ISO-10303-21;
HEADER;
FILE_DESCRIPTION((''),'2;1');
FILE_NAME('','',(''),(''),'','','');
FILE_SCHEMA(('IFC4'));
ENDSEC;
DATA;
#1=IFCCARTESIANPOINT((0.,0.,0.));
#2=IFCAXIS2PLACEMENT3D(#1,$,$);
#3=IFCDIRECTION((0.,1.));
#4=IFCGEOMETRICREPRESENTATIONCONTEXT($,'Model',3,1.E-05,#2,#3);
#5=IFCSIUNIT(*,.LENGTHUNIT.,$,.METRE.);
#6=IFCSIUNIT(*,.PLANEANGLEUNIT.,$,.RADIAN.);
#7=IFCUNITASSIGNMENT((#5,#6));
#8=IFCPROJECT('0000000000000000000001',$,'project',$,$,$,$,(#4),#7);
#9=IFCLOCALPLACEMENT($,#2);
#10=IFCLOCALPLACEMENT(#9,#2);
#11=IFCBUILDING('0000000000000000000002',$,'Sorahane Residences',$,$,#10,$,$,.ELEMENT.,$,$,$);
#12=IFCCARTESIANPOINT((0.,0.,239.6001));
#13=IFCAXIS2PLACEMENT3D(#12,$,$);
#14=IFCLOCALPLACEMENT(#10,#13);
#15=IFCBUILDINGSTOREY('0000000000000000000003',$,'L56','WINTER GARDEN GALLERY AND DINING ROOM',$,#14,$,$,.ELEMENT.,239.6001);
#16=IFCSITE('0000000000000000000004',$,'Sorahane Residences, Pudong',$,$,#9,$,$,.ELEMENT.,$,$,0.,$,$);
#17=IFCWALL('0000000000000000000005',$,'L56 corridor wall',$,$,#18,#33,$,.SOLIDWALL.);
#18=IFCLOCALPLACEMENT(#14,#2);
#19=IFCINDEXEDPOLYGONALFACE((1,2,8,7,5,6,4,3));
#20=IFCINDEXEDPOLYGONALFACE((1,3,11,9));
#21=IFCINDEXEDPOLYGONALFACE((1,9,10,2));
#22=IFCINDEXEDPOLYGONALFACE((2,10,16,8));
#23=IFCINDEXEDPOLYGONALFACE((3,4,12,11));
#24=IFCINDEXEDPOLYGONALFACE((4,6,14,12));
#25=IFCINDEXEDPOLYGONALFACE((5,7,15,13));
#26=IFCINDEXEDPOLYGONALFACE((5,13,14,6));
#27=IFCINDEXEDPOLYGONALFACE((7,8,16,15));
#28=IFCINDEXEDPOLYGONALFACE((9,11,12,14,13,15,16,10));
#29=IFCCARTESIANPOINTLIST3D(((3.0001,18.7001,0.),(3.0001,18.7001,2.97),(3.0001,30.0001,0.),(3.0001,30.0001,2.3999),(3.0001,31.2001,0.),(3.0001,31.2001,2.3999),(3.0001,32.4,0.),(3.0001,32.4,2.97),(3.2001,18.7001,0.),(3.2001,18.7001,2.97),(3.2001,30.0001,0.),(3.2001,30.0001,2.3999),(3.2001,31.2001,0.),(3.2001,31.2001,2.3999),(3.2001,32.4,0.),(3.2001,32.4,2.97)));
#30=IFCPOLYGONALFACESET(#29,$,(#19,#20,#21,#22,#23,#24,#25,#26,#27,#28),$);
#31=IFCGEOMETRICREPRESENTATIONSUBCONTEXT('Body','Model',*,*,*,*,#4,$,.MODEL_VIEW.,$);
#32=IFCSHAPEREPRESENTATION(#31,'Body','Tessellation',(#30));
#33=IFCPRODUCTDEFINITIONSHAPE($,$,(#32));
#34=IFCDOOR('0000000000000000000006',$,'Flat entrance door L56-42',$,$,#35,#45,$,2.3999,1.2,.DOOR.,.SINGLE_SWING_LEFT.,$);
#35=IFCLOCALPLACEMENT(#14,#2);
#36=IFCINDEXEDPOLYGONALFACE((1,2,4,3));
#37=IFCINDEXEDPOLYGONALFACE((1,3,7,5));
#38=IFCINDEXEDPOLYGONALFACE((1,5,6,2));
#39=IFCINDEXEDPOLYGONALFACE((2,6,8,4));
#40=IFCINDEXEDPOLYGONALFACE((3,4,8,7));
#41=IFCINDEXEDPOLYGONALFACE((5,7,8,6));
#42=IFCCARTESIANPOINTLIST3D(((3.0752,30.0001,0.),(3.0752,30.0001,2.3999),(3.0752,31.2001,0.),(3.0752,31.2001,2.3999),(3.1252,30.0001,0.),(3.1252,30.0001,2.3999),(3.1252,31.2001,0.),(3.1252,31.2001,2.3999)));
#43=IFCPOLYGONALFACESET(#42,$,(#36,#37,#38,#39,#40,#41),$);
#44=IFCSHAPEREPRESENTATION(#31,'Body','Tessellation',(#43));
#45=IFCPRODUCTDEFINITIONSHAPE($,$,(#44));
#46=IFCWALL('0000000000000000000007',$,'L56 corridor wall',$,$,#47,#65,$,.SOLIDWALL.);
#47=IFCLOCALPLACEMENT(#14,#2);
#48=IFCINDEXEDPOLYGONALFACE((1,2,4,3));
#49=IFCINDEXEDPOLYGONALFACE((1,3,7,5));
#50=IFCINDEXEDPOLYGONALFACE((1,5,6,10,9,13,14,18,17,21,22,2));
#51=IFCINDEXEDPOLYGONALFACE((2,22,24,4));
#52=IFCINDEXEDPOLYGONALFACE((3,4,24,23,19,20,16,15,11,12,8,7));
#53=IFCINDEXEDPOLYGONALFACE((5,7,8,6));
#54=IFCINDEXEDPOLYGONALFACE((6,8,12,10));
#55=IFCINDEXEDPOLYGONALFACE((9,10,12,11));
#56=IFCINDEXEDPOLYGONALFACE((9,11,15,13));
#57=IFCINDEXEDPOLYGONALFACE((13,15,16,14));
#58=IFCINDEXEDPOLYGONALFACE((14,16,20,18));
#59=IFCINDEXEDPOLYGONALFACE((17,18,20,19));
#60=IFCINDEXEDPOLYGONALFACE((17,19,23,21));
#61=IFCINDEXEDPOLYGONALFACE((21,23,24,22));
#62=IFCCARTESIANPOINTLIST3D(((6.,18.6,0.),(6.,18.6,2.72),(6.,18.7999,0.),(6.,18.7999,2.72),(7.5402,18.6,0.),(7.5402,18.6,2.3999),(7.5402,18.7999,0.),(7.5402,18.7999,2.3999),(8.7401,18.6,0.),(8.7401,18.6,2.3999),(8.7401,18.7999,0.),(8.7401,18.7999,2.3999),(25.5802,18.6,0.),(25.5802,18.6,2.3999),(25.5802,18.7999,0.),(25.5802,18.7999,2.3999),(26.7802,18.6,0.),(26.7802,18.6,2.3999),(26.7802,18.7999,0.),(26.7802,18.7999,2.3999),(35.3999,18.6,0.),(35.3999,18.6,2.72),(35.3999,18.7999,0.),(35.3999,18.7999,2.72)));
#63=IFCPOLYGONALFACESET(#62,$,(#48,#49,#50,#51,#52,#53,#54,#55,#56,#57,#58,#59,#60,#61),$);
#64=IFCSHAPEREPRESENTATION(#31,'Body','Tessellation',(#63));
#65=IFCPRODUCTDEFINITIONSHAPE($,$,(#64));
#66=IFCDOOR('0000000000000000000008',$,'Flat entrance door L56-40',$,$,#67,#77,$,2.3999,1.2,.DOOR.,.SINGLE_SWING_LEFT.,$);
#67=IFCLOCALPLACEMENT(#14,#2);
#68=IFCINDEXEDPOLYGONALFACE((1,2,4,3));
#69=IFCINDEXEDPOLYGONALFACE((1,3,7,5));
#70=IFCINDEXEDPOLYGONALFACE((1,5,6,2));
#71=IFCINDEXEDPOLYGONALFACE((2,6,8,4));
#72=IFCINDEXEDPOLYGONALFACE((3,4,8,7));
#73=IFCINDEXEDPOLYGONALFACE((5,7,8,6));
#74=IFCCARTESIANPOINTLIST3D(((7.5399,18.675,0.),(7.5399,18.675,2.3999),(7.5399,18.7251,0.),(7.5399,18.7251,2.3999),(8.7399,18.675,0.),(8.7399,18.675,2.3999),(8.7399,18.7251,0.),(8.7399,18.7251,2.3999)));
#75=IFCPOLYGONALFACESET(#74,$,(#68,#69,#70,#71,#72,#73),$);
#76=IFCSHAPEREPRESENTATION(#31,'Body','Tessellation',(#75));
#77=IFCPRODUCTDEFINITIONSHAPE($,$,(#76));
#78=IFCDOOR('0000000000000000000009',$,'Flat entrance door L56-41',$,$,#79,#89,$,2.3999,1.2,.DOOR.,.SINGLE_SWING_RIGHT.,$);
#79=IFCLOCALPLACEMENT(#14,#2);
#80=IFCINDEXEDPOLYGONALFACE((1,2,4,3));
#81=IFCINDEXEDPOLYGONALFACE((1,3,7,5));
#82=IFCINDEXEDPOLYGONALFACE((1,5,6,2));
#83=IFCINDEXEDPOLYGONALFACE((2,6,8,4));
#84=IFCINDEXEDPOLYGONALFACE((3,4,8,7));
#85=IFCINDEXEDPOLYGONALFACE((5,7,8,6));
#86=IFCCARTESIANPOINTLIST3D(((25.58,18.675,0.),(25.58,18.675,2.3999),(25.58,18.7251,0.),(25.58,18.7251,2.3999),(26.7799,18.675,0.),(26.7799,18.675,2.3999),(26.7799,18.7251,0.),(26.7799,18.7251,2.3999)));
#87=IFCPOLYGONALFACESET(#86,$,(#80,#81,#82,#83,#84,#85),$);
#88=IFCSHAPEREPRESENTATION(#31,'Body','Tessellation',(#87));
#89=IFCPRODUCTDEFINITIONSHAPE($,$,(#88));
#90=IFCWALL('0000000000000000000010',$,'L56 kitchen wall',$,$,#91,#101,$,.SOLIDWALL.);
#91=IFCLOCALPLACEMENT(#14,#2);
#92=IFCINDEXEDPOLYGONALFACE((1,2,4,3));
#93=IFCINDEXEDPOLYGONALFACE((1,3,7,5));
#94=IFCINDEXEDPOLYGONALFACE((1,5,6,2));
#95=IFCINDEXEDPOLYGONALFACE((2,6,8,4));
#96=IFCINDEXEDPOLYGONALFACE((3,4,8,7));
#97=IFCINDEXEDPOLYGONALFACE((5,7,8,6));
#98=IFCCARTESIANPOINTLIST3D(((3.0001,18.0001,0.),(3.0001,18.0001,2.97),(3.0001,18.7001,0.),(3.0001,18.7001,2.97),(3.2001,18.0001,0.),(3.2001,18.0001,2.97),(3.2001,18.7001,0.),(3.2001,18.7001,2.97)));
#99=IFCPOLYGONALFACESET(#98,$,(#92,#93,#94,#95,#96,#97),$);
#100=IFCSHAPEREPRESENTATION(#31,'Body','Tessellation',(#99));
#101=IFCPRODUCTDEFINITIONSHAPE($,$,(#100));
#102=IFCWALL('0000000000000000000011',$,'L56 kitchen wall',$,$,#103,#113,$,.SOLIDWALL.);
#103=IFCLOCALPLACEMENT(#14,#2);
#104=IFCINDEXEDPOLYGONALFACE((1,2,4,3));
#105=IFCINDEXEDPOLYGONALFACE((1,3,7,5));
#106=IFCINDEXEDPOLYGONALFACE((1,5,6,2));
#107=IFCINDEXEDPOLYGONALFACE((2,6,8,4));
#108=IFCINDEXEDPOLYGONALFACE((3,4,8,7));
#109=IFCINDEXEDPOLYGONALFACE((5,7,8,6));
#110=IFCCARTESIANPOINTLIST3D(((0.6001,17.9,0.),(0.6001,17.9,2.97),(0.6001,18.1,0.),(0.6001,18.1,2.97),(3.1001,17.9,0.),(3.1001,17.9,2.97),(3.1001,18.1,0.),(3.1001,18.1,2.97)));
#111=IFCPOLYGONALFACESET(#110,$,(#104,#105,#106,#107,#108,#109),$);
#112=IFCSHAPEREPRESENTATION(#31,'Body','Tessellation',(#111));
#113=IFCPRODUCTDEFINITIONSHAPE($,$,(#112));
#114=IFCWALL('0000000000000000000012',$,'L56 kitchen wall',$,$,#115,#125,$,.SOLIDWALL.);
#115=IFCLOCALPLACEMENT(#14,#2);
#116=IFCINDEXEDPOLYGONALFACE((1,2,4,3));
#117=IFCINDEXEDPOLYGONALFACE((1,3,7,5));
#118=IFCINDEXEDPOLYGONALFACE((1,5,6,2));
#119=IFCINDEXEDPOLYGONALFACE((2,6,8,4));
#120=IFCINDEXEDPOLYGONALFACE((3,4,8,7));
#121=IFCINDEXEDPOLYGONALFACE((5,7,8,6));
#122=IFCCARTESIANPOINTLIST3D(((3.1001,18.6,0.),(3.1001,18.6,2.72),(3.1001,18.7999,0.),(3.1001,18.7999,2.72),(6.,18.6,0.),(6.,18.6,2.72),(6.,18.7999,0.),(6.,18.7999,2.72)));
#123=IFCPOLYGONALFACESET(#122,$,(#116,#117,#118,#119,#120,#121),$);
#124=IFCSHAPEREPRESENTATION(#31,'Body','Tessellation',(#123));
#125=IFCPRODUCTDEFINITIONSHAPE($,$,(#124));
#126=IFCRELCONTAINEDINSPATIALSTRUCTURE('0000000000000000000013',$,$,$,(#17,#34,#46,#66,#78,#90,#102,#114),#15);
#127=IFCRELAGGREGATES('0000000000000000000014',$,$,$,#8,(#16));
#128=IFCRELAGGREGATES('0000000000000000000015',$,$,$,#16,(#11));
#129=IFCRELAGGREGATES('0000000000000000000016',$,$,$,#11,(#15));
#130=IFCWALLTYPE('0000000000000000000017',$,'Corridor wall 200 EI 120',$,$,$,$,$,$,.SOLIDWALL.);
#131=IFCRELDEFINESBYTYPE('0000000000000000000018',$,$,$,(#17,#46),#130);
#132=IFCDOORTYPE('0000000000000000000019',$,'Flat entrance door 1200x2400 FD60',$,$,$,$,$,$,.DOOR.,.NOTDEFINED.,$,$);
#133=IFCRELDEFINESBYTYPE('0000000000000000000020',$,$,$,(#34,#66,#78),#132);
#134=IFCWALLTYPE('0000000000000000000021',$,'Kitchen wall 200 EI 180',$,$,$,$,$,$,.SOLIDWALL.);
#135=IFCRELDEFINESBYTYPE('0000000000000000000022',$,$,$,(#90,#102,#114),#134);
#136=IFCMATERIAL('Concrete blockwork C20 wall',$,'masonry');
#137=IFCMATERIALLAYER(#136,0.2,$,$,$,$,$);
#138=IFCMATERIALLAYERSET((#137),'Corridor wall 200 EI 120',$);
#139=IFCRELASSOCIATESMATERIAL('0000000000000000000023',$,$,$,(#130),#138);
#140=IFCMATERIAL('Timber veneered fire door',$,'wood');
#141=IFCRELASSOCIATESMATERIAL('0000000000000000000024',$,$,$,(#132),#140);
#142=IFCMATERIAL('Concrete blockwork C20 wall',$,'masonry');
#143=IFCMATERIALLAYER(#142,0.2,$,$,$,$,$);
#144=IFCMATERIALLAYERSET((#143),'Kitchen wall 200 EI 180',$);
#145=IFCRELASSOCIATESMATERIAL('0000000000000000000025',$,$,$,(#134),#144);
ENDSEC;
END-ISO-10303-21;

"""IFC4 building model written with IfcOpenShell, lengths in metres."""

from ifc_helpers import new_model, si_unit, direction, frame, frame_2d, origin, place, context, subcontext, project, spatial, rectangle, extrude, material, layer, layer_set, type_object, element, fill, save


model = new_model("IFC4")

# Units and contexts
model_context = context("Model", 3, precision=1e-05, world=origin(), true_north=direction((0.0, 1.0)))
body_context = subcontext(model_context, "Body", "Model", "MODEL_VIEW")
ifc_project = project(units=[si_unit("LENGTHUNIT", "METRE"), si_unit("PLANEANGLEUNIT", "RADIAN")], contexts=[model_context])

# Site, building, storey
site_placement = place(None, origin())
site = spatial("IfcSite", under=ifc_project, at=site_placement, Name="Sorahane Residences, Pudong", CompositionType="ELEMENT", RefElevation=0.0)
building_placement = place(site_placement, origin())
building = spatial("IfcBuilding", under=site, at=building_placement, Name="Sorahane Residences", CompositionType="ELEMENT")
storey_placement = place(building_placement, frame((0.0, 0.0, 239.6001)))
storey = spatial("IfcBuildingStorey", under=building, at=storey_placement, Name="L56", Description="WINTER GARDEN GALLERY AND DINING ROOM", CompositionType="ELEMENT", Elevation=239.6001)

# Wall, opening, door
ifc_material_1 = material(Name="Concrete blockwork C20 wall", Category="masonry")
ifc_layer_1 = layer(ifc_material_1, 0.2)
ifc_layer_set_1 = layer_set([ifc_layer_1], Name="Corridor wall 200 EI 120")
wall_type_1 = type_object("IfcWallType", Name="Corridor wall 200 EI 120", PredefinedType="SOLIDWALL", material=ifc_layer_set_1)
wall_1_placement = place(storey_placement, frame((3.1001, 18.7, 0.0), z_axis=(0.0, 0.0, 1.0), x_axis=(0.0, 1.0, 0.0)))
wall_1 = element("IfcWall", 1, at=wall_1_placement, inside=storey, type_object=wall_type_1, Name="L56 corridor wall", PredefinedType="SOLIDWALL", context=body_context, shape_type="SweptSolid", body=[
    extrude(rectangle(XDim=13.7, YDim=0.2, at=frame_2d((6.8501, 0.0))), origin(), (0.0, 0.0, 1.0), 2.97),
])
opening_1_placement = place(wall_1_placement, frame((11.3, 0.0, 0.0)))
opening_1 = element("IfcOpeningElement", 2, at=opening_1_placement, cuts=wall_1, PredefinedType="OPENING", context=body_context, shape_type="SweptSolid", body=[
    extrude(rectangle(XDim=1.2, YDim=2.3999, at=frame_2d((0.6001, 1.2))), frame((0.0, 0.1099, 0.0), z_axis=(0.0, -1.0, 0.0), x_axis=(1.0, 0.0, 0.0)), (0.0, 0.0, 1.0), 0.22),
])
ifc_material_2 = material(Name="Timber veneered fire door", Category="wood")
door_type_1 = type_object("IfcDoorType", Name="Flat entrance door 1200x2400 FD60", OperationType="NOTDEFINED", PredefinedType="DOOR", material=ifc_material_2)
door_1_placement = place(opening_1_placement, origin())
door_1 = element("IfcDoor", 3, at=door_1_placement, inside=storey, type_object=door_type_1, Name="Flat entrance door L56-42", OperationType="SINGLE_SWING_LEFT", OverallHeight=2.3999, OverallWidth=1.2, PredefinedType="DOOR", context=body_context, shape_type="SweptSolid", body=[
    extrude(rectangle(XDim=1.2, YDim=2.3999, at=frame_2d((0.6001, 1.2))), frame((0.0, 0.0249, 0.0), z_axis=(0.0, -1.0, 0.0), x_axis=(1.0, 0.0, 0.0)), (0.0, 0.0, 1.0), 0.05),
])
fill(opening_1, door_1)

# Wall, openings, doors
wall_2_placement = place(storey_placement, frame((6.0, 18.7, 0.0), z_axis=(0.0, 0.0, 1.0), x_axis=(1.0, 0.0, 0.0)))
wall_2 = element("IfcWall", 4, at=wall_2_placement, inside=storey, type_object=wall_type_1, Name="L56 corridor wall", PredefinedType="SOLIDWALL", context=body_context, shape_type="SweptSolid", body=[
    extrude(rectangle(XDim=29.3999, YDim=0.2, at=frame_2d((14.7, 0.0))), origin(), (0.0, 0.0, 1.0), 2.72),
])
opening_2_placement = place(wall_2_placement, frame((1.54, 0.0, 0.0)))
opening_2 = element("IfcOpeningElement", 5, at=opening_2_placement, cuts=wall_2, PredefinedType="OPENING", context=body_context, shape_type="SweptSolid", body=[
    extrude(rectangle(XDim=1.2, YDim=2.3999, at=frame_2d((0.6001, 1.2))), frame((0.0, 0.1099, 0.0), z_axis=(0.0, -1.0, 0.0), x_axis=(1.0, 0.0, 0.0)), (0.0, 0.0, 1.0), 0.22),
])
opening_3_placement = place(wall_2_placement, frame((19.5801, 0.0, 0.0)))
opening_3 = element("IfcOpeningElement", 6, at=opening_3_placement, cuts=wall_2, PredefinedType="OPENING", context=body_context, shape_type="SweptSolid", body=[
    extrude(rectangle(XDim=1.2, YDim=2.3999, at=frame_2d((0.6001, 1.2))), frame((0.0, 0.1099, 0.0), z_axis=(0.0, -1.0, 0.0), x_axis=(1.0, 0.0, 0.0)), (0.0, 0.0, 1.0), 0.22),
])
door_2_placement = place(opening_2_placement, frame((1.2, 0.0, 0.0), z_axis=(0.0, 0.0, 1.0), x_axis=(-1.0, 0.0, 0.0)))
door_2 = element("IfcDoor", 7, at=door_2_placement, inside=storey, type_object=door_type_1, Name="Flat entrance door L56-40", OperationType="SINGLE_SWING_LEFT", OverallHeight=2.3999, OverallWidth=1.2, PredefinedType="DOOR", context=body_context, shape_type="SweptSolid", body=[
    extrude(rectangle(XDim=1.2, YDim=2.3999, at=frame_2d((0.6001, 1.2))), frame((0.0, 0.0249, 0.0), z_axis=(0.0, -1.0, 0.0), x_axis=(1.0, 0.0, 0.0)), (0.0, 0.0, 1.0), 0.05),
])
fill(opening_2, door_2)
door_3_placement = place(opening_3_placement, frame((1.2, 0.0, 0.0), z_axis=(0.0, 0.0, 1.0), x_axis=(-1.0, 0.0, 0.0)))
door_3 = element("IfcDoor", 8, at=door_3_placement, inside=storey, type_object=door_type_1, Name="Flat entrance door L56-41", OperationType="SINGLE_SWING_RIGHT", OverallHeight=2.3999, OverallWidth=1.2, PredefinedType="DOOR", context=body_context, shape_type="SweptSolid", body=[
    extrude(rectangle(XDim=1.2, YDim=2.3999, at=frame_2d((0.6001, 1.2))), frame((0.0, 0.0249, 0.0), z_axis=(0.0, -1.0, 0.0), x_axis=(1.0, 0.0, 0.0)), (0.0, 0.0, 1.0), 0.05),
])
fill(opening_3, door_3)

# Walls
ifc_material_3 = material(Name="Concrete blockwork C20 wall", Category="masonry")
ifc_layer_2 = layer(ifc_material_3, 0.2)
ifc_layer_set_2 = layer_set([ifc_layer_2], Name="Kitchen wall 200 EI 180")
wall_type_2 = type_object("IfcWallType", Name="Kitchen wall 200 EI 180", PredefinedType="SOLIDWALL", material=ifc_layer_set_2)
wall_3_placement = place(storey_placement, frame((3.1001, 18.0, 0.0), z_axis=(0.0, 0.0, 1.0), x_axis=(0.0, 1.0, 0.0)))
element("IfcWall", 9, at=wall_3_placement, inside=storey, type_object=wall_type_2, Name="L56 kitchen wall", PredefinedType="SOLIDWALL", context=body_context, shape_type="SweptSolid", body=[
    extrude(rectangle(XDim=0.7, YDim=0.2, at=frame_2d((0.3501, 0.0))), origin(), (0.0, 0.0, 1.0), 2.97),
])
wall_4_placement = place(storey_placement, frame((0.6001, 18.0, 0.0), z_axis=(0.0, 0.0, 1.0), x_axis=(1.0, 0.0, 0.0)))
element("IfcWall", 10, at=wall_4_placement, inside=storey, type_object=wall_type_2, Name="L56 kitchen wall", PredefinedType="SOLIDWALL", context=body_context, shape_type="SweptSolid", body=[
    extrude(rectangle(XDim=2.5, YDim=0.2, at=frame_2d((1.25, 0.0))), origin(), (0.0, 0.0, 1.0), 2.97),
])
wall_5_placement = place(storey_placement, frame((3.1001, 18.7, 0.0), z_axis=(0.0, 0.0, 1.0), x_axis=(1.0, 0.0, 0.0)))
element("IfcWall", 11, at=wall_5_placement, inside=storey, type_object=wall_type_2, Name="L56 kitchen wall", PredefinedType="SOLIDWALL", context=body_context, shape_type="SweptSolid", body=[
    extrude(rectangle(XDim=2.8999, YDim=0.2, at=frame_2d((1.45, 0.0))), origin(), (0.0, 0.0, 1.0), 2.72),
])

save(model, "model.ifc")
